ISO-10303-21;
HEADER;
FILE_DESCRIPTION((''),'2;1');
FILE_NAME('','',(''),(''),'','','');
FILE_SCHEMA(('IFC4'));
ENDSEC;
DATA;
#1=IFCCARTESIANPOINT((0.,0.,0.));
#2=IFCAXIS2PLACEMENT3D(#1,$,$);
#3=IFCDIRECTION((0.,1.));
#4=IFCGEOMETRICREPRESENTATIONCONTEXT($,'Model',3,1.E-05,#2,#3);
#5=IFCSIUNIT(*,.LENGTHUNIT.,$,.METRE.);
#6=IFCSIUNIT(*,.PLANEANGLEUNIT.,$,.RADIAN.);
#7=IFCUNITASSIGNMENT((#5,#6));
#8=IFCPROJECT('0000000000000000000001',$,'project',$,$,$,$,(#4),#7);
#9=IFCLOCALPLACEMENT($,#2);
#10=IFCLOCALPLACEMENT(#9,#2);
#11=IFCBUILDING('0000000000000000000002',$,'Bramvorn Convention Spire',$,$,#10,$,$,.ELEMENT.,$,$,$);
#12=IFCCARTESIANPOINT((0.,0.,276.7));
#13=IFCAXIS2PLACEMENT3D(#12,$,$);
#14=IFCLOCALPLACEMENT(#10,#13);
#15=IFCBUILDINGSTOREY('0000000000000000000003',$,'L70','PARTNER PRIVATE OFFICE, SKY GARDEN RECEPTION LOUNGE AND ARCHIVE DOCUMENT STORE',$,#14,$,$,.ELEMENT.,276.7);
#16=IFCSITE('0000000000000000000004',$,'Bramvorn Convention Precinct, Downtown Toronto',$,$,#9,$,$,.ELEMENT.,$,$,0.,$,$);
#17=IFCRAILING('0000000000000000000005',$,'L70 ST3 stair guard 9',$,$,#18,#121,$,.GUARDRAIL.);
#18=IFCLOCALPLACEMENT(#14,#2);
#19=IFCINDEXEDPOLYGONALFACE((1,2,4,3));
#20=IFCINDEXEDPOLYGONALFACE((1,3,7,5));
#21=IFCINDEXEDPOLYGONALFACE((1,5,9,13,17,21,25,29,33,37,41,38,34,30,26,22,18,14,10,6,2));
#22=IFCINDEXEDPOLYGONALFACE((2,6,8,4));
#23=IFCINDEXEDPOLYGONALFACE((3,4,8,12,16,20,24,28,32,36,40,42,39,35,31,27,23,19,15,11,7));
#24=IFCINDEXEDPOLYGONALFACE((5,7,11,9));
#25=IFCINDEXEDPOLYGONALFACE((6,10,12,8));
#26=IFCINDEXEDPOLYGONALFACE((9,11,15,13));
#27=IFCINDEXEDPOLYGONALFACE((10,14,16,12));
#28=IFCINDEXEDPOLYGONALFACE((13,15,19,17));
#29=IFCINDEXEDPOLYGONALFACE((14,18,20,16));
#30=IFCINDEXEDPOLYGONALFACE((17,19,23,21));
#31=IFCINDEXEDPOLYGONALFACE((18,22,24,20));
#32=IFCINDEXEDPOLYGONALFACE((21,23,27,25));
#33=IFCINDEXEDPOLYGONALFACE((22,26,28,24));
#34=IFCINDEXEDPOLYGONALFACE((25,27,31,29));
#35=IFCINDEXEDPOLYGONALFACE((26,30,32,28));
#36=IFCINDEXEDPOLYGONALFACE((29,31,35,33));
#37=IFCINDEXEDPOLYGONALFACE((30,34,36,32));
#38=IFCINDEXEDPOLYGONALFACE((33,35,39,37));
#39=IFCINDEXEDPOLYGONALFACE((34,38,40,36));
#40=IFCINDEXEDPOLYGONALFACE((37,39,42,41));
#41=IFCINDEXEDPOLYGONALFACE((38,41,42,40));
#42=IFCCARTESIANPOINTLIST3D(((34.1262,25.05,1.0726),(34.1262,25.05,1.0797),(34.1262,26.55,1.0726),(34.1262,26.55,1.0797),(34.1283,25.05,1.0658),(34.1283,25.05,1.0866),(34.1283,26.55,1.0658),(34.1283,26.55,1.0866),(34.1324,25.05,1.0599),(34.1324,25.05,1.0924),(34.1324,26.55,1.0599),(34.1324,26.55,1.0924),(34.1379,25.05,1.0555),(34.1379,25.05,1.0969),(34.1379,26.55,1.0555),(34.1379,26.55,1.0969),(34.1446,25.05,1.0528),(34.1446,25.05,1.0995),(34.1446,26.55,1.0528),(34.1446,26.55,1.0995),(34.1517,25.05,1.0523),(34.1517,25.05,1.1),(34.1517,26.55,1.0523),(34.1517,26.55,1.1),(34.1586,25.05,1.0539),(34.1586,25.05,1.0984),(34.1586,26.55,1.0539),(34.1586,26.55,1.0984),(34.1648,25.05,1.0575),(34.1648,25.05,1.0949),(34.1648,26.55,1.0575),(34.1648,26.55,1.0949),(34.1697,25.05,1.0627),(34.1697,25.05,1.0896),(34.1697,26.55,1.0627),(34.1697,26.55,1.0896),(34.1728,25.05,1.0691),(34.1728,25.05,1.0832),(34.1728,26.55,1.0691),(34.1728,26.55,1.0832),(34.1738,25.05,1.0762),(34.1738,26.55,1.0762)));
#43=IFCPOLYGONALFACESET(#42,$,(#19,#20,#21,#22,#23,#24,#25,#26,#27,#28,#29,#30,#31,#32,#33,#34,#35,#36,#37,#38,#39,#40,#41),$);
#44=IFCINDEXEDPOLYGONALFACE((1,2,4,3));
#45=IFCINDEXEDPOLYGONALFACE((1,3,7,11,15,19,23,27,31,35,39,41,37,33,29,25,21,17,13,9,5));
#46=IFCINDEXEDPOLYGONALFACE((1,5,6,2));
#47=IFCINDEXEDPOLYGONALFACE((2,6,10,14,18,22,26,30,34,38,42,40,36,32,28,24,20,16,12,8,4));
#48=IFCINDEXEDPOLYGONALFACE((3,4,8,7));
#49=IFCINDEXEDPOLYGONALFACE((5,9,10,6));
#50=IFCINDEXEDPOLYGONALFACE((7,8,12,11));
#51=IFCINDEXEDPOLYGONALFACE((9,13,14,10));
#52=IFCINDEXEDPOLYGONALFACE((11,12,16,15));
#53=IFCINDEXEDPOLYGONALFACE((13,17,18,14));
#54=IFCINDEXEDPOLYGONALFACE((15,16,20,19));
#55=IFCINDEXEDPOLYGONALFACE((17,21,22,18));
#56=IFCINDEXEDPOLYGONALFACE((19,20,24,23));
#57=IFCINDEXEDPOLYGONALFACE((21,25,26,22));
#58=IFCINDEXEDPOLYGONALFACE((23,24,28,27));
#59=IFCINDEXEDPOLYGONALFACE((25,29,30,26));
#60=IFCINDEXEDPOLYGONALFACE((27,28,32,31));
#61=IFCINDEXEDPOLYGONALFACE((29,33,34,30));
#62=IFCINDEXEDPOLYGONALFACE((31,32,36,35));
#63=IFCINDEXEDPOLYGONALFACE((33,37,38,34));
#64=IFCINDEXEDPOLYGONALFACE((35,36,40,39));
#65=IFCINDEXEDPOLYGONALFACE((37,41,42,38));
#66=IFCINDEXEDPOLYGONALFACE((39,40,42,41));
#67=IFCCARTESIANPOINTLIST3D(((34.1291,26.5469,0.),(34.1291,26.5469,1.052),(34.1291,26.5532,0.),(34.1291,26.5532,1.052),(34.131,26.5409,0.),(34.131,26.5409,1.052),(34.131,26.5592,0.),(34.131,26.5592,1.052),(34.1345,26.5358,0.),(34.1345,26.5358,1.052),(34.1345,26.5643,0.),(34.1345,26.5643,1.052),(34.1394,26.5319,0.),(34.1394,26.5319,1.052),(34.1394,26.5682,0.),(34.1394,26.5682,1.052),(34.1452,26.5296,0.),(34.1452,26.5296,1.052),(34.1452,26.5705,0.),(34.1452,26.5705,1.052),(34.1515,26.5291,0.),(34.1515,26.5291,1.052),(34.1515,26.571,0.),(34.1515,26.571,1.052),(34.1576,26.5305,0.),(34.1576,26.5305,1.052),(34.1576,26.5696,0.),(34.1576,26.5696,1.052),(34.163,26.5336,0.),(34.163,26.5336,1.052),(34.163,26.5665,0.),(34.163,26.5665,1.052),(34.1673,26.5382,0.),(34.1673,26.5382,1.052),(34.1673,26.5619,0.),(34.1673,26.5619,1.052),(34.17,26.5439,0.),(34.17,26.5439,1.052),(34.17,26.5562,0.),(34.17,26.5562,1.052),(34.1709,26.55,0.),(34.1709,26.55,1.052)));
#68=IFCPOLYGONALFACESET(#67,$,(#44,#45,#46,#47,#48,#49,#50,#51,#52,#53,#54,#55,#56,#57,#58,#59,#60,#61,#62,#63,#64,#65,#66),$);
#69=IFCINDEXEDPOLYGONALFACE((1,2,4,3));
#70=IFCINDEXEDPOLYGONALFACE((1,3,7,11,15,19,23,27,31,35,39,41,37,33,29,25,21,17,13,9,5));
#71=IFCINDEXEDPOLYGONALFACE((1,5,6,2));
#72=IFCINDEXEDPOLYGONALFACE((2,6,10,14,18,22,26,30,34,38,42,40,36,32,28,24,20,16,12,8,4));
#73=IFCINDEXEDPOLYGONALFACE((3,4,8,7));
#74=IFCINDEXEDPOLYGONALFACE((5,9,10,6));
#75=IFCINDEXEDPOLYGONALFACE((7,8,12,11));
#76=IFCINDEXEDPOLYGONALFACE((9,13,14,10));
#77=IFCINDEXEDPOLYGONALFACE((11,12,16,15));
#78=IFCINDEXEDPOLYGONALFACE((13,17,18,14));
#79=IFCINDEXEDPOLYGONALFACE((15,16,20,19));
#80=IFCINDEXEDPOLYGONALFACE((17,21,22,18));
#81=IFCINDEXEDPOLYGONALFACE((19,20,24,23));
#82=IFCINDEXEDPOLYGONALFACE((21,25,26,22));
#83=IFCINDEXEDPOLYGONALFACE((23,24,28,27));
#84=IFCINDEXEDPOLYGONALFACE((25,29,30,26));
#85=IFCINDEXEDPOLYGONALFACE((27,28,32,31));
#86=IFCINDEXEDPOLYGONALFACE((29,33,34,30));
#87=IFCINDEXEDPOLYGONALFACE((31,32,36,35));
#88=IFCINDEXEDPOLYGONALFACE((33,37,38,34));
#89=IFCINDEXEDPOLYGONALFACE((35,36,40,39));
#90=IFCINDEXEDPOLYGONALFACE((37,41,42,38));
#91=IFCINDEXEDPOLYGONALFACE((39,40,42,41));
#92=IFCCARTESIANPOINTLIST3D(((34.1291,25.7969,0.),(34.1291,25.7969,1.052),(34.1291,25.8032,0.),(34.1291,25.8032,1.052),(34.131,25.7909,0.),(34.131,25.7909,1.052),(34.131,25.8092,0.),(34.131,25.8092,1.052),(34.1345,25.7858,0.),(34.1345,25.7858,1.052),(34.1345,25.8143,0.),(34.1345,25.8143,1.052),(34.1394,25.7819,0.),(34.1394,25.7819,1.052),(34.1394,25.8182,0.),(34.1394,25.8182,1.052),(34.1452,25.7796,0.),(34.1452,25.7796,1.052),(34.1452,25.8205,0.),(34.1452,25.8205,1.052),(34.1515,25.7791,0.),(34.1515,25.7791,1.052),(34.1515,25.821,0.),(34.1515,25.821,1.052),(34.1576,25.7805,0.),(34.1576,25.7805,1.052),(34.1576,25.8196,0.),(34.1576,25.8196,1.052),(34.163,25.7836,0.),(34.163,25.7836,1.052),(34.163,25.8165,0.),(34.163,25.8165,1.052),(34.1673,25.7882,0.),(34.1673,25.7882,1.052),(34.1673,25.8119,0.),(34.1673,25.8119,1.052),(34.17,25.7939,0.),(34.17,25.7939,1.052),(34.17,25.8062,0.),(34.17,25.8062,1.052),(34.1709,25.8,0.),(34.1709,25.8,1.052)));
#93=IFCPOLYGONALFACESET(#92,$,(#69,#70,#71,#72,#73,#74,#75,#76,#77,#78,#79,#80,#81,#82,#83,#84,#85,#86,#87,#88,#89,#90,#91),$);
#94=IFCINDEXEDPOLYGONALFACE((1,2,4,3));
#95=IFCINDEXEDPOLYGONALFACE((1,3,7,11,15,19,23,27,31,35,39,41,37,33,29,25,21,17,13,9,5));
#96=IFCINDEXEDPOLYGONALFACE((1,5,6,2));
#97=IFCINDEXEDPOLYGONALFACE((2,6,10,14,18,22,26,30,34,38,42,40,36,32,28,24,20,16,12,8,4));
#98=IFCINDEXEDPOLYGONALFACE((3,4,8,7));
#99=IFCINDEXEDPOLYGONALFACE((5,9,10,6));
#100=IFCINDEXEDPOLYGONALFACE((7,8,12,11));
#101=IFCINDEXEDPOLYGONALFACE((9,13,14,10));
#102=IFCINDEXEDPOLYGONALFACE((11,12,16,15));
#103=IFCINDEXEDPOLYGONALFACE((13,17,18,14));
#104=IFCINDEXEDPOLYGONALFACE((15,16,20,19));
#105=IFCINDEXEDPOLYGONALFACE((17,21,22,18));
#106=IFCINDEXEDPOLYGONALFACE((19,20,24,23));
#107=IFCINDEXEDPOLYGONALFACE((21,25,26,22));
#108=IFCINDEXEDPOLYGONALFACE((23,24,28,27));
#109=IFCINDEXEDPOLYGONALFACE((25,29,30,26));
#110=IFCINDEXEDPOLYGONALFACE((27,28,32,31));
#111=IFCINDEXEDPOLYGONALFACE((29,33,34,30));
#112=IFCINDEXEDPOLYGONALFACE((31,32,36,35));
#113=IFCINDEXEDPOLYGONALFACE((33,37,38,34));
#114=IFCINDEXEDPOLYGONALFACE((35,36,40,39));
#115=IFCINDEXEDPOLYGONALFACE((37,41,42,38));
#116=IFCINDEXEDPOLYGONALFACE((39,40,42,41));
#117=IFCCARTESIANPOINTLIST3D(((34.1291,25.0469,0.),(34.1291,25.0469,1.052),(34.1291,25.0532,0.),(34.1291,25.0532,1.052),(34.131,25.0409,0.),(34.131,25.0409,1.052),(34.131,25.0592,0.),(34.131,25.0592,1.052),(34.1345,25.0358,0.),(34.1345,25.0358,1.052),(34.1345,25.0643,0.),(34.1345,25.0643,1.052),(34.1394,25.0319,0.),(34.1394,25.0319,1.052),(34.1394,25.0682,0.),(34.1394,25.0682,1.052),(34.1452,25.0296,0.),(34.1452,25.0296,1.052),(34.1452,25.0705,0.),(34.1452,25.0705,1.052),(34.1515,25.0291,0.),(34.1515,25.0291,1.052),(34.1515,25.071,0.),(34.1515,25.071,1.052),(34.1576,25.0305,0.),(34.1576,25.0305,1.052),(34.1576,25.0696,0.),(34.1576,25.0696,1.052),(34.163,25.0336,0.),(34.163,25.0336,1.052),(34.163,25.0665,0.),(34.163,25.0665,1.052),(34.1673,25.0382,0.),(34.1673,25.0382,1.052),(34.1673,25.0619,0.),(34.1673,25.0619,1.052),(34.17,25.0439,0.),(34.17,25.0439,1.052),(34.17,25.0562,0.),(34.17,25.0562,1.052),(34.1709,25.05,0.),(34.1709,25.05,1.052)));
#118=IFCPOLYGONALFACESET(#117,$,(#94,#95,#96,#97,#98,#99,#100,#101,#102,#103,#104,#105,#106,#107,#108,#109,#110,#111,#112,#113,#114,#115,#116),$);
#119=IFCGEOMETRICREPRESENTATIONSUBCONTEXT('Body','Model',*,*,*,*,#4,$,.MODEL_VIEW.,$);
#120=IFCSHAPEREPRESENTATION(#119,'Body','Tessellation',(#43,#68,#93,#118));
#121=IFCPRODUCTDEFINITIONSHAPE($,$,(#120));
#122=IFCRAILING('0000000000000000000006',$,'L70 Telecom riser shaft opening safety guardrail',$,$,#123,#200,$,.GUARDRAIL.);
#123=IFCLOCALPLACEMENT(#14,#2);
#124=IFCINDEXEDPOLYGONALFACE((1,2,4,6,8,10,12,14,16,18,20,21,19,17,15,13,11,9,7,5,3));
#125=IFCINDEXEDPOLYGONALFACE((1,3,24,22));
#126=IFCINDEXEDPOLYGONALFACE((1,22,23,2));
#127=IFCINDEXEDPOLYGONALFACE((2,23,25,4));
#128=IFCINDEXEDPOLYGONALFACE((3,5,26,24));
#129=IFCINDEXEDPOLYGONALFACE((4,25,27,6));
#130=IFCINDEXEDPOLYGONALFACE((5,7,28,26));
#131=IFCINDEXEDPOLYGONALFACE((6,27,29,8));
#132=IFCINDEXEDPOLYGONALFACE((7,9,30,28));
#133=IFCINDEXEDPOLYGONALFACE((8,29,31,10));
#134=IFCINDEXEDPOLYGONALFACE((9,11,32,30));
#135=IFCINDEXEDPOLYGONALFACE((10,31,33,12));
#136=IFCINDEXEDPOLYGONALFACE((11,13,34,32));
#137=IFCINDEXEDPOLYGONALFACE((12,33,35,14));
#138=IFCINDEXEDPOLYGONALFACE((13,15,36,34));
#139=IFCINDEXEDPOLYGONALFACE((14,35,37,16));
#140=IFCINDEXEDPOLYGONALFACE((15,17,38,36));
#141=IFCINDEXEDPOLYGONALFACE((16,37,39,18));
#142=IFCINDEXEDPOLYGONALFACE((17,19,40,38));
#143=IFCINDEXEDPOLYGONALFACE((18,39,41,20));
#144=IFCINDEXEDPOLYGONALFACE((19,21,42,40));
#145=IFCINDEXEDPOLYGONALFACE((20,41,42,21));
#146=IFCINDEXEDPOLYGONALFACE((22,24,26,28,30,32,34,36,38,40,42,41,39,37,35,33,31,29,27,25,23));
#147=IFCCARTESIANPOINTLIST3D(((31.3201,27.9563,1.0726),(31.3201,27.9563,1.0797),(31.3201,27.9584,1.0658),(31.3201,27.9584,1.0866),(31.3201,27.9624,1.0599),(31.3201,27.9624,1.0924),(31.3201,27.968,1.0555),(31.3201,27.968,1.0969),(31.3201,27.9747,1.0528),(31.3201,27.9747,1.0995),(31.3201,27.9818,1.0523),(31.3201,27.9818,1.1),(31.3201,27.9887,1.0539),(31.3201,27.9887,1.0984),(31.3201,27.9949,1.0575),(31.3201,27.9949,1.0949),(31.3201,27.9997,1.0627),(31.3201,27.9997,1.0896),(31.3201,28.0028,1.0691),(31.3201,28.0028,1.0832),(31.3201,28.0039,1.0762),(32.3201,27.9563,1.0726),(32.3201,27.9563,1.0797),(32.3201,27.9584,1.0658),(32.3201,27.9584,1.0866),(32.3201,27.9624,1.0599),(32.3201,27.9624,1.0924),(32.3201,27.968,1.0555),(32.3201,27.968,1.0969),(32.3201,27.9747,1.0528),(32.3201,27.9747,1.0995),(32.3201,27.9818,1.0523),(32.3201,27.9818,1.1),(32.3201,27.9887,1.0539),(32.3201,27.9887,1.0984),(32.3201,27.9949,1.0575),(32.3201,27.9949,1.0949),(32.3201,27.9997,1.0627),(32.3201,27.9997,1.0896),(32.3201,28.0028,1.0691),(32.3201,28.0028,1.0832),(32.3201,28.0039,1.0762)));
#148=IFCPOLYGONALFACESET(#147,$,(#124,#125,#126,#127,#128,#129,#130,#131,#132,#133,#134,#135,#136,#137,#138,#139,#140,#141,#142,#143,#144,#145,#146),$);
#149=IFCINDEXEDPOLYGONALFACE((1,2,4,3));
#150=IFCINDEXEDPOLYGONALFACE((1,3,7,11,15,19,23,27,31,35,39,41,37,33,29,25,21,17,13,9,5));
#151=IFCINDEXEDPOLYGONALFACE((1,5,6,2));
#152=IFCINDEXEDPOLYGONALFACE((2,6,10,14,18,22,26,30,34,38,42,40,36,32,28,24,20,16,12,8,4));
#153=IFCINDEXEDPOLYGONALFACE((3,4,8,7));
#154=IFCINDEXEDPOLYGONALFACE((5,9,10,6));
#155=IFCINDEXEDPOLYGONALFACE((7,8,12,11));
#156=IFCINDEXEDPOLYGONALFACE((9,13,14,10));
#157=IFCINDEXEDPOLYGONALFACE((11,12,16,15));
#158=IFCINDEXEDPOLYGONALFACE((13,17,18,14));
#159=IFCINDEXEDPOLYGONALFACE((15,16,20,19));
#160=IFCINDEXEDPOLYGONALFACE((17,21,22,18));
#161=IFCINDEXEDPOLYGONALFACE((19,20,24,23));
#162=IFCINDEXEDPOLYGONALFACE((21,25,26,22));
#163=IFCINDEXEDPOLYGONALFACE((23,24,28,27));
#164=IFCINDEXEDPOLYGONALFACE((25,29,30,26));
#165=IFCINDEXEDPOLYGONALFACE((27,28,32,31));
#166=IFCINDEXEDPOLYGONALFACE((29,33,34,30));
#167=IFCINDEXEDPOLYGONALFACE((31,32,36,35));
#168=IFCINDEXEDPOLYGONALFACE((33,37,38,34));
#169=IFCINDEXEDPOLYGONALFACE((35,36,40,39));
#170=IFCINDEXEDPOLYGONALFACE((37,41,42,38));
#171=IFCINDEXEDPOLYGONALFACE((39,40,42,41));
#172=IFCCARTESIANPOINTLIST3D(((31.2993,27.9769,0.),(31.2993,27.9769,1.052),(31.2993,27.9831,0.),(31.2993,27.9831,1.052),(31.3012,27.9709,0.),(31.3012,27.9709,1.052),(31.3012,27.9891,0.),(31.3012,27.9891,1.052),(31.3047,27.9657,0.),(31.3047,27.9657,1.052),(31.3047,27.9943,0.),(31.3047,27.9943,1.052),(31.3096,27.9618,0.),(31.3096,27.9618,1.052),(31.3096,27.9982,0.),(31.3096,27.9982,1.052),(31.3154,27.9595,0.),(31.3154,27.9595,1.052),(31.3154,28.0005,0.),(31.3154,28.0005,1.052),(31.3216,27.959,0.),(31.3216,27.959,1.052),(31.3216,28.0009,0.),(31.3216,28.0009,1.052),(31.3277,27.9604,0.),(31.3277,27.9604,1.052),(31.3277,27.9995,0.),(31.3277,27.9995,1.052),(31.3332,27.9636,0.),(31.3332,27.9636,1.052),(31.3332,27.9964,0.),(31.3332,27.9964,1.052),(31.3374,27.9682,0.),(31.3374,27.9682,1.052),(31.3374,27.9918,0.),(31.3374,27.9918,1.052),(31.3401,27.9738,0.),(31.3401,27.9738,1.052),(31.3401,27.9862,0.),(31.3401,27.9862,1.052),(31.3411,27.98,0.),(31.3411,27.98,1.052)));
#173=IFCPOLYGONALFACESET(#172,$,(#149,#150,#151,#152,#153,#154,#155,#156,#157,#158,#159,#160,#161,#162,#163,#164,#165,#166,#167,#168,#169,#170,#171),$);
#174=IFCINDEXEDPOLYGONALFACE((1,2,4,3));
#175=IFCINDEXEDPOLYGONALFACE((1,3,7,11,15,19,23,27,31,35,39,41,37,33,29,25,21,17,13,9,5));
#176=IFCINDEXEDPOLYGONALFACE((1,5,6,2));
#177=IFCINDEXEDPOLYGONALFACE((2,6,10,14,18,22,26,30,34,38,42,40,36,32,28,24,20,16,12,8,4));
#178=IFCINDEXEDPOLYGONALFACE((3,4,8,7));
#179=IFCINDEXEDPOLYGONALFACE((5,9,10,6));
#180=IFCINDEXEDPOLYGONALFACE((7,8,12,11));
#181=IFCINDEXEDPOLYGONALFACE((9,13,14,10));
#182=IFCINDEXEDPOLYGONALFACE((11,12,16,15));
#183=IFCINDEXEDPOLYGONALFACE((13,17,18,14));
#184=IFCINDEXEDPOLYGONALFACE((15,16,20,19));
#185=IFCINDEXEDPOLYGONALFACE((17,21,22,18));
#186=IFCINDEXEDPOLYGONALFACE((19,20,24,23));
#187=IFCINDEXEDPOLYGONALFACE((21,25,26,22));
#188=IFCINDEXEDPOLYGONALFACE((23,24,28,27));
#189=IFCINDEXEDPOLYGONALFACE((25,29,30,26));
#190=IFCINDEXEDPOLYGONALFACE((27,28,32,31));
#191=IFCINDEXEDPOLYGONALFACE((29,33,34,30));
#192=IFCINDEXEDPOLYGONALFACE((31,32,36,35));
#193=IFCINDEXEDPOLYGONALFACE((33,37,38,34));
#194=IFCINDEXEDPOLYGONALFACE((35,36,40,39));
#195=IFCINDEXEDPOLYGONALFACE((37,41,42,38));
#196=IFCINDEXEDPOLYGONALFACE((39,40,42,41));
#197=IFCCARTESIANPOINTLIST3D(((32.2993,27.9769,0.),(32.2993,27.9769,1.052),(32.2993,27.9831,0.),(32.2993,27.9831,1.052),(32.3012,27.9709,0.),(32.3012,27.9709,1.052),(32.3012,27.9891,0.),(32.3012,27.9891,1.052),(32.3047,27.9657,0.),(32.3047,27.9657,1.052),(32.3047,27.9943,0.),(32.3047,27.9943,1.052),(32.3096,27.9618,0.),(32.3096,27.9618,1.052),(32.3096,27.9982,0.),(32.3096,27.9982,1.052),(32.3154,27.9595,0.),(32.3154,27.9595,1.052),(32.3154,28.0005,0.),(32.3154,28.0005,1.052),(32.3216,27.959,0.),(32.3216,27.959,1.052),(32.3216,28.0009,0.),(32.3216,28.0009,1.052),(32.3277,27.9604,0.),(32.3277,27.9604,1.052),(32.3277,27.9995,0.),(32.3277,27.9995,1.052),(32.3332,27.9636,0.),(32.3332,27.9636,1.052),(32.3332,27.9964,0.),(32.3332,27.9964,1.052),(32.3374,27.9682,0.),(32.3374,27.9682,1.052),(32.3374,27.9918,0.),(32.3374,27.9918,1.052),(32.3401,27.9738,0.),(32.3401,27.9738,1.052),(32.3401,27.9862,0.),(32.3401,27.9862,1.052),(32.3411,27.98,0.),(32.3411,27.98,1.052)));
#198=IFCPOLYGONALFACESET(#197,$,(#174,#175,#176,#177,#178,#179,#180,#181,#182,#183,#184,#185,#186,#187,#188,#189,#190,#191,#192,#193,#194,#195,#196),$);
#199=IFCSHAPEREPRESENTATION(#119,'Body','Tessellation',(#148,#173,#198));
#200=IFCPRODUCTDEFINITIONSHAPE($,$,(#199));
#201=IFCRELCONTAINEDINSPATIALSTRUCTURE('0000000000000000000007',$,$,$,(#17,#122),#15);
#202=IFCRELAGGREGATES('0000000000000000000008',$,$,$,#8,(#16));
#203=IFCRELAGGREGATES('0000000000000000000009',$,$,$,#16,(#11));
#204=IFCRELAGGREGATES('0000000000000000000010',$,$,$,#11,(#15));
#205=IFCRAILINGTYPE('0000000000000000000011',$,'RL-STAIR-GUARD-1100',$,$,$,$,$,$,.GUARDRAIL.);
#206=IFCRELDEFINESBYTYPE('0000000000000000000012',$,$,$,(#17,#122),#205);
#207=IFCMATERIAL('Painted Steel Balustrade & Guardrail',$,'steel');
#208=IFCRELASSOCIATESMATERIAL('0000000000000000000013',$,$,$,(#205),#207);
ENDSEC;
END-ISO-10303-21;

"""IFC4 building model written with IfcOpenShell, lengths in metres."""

from ifc_helpers import new_model, si_unit, direction, frame, origin, origin_2d, place, context, subcontext, project, spatial, circle, extrude, material, type_object, element, save


model = new_model("IFC4")

# Units and contexts
model_context = context("Model", 3, precision=1e-05, world=origin(), true_north=direction((0.0, 1.0)))
body_context = subcontext(model_context, "Body", "Model", "MODEL_VIEW")
ifc_project = project(units=[si_unit("LENGTHUNIT", "METRE"), si_unit("PLANEANGLEUNIT", "RADIAN")], contexts=[model_context])

# Site, building, storey
site_placement = place(None, origin())
site = spatial("IfcSite", under=ifc_project, at=site_placement, Name="Bramvorn Convention Precinct, Downtown Toronto", CompositionType="ELEMENT", RefElevation=0.0)
building_placement = place(site_placement, origin())
building = spatial("IfcBuilding", under=site, at=building_placement, Name="Bramvorn Convention Spire", CompositionType="ELEMENT")
storey_placement = place(building_placement, frame((0.0, 0.0, 276.7)))
storey = spatial("IfcBuildingStorey", under=building, at=storey_placement, Name="L70", Description="PARTNER PRIVATE OFFICE, SKY GARDEN RECEPTION LOUNGE AND ARCHIVE DOCUMENT STORE", CompositionType="ELEMENT", Elevation=276.7)

# Railings
ifc_material_1 = material(Name="Painted Steel Balustrade & Guardrail", Category="steel")
railing_type_1 = type_object("IfcRailingType", Name="RL-STAIR-GUARD-1100", PredefinedType="GUARDRAIL", material=ifc_material_1)
for number, where, name in (
    (1, (34.1499, 26.55, 0.0), "L70 ST3 stair guard 9"),
):
    element("IfcRailing", number, at=place(storey_placement, frame(where)), inside=storey, type_object=railing_type_1, Name=name, PredefinedType="GUARDRAIL", context=body_context, shape_type="SweptSolid", body=[
        extrude(circle(Radius=0.0239, at=origin_2d()), frame((0.0, 0.0, 1.0762), z_axis=(0.0, -1.0, 0.0), x_axis=(1.0, 0.0, 0.0)), (0.0, 0.0, 1.0), 1.5),
        extrude(circle(Radius=0.021, at=origin_2d()), origin(), (0.0, 0.0, 1.0), 1.052),
        extrude(circle(Radius=0.021, at=origin_2d()), frame((0.0, -0.75, 0.0)), (0.0, 0.0, 1.0), 1.052),
        extrude(circle(Radius=0.021, at=origin_2d()), frame((0.0, -1.5, 0.0)), (0.0, 0.0, 1.0), 1.052),
    ])
railing_1_placement = place(storey_placement, frame((31.3201, 27.98, 0.0)))
element("IfcRailing", 2, at=railing_1_placement, inside=storey, type_object=railing_type_1, Name="L70 Telecom riser shaft opening safety guardrail", PredefinedType="GUARDRAIL", context=body_context, shape_type="SweptSolid", body=[
    extrude(circle(Radius=0.0239, at=origin_2d()), frame((0.0, 0.0, 1.0762), z_axis=(1.0, 0.0, 0.0), x_axis=(0.0, 1.0, 0.0)), (0.0, 0.0, 1.0), 1.0),
    extrude(circle(Radius=0.021, at=origin_2d()), origin(), (0.0, 0.0, 1.0), 1.052),
    extrude(circle(Radius=0.021, at=origin_2d()), frame((1.0, 0.0, 0.0)), (0.0, 0.0, 1.0), 1.052),
])

save(model, "model.ifc")
